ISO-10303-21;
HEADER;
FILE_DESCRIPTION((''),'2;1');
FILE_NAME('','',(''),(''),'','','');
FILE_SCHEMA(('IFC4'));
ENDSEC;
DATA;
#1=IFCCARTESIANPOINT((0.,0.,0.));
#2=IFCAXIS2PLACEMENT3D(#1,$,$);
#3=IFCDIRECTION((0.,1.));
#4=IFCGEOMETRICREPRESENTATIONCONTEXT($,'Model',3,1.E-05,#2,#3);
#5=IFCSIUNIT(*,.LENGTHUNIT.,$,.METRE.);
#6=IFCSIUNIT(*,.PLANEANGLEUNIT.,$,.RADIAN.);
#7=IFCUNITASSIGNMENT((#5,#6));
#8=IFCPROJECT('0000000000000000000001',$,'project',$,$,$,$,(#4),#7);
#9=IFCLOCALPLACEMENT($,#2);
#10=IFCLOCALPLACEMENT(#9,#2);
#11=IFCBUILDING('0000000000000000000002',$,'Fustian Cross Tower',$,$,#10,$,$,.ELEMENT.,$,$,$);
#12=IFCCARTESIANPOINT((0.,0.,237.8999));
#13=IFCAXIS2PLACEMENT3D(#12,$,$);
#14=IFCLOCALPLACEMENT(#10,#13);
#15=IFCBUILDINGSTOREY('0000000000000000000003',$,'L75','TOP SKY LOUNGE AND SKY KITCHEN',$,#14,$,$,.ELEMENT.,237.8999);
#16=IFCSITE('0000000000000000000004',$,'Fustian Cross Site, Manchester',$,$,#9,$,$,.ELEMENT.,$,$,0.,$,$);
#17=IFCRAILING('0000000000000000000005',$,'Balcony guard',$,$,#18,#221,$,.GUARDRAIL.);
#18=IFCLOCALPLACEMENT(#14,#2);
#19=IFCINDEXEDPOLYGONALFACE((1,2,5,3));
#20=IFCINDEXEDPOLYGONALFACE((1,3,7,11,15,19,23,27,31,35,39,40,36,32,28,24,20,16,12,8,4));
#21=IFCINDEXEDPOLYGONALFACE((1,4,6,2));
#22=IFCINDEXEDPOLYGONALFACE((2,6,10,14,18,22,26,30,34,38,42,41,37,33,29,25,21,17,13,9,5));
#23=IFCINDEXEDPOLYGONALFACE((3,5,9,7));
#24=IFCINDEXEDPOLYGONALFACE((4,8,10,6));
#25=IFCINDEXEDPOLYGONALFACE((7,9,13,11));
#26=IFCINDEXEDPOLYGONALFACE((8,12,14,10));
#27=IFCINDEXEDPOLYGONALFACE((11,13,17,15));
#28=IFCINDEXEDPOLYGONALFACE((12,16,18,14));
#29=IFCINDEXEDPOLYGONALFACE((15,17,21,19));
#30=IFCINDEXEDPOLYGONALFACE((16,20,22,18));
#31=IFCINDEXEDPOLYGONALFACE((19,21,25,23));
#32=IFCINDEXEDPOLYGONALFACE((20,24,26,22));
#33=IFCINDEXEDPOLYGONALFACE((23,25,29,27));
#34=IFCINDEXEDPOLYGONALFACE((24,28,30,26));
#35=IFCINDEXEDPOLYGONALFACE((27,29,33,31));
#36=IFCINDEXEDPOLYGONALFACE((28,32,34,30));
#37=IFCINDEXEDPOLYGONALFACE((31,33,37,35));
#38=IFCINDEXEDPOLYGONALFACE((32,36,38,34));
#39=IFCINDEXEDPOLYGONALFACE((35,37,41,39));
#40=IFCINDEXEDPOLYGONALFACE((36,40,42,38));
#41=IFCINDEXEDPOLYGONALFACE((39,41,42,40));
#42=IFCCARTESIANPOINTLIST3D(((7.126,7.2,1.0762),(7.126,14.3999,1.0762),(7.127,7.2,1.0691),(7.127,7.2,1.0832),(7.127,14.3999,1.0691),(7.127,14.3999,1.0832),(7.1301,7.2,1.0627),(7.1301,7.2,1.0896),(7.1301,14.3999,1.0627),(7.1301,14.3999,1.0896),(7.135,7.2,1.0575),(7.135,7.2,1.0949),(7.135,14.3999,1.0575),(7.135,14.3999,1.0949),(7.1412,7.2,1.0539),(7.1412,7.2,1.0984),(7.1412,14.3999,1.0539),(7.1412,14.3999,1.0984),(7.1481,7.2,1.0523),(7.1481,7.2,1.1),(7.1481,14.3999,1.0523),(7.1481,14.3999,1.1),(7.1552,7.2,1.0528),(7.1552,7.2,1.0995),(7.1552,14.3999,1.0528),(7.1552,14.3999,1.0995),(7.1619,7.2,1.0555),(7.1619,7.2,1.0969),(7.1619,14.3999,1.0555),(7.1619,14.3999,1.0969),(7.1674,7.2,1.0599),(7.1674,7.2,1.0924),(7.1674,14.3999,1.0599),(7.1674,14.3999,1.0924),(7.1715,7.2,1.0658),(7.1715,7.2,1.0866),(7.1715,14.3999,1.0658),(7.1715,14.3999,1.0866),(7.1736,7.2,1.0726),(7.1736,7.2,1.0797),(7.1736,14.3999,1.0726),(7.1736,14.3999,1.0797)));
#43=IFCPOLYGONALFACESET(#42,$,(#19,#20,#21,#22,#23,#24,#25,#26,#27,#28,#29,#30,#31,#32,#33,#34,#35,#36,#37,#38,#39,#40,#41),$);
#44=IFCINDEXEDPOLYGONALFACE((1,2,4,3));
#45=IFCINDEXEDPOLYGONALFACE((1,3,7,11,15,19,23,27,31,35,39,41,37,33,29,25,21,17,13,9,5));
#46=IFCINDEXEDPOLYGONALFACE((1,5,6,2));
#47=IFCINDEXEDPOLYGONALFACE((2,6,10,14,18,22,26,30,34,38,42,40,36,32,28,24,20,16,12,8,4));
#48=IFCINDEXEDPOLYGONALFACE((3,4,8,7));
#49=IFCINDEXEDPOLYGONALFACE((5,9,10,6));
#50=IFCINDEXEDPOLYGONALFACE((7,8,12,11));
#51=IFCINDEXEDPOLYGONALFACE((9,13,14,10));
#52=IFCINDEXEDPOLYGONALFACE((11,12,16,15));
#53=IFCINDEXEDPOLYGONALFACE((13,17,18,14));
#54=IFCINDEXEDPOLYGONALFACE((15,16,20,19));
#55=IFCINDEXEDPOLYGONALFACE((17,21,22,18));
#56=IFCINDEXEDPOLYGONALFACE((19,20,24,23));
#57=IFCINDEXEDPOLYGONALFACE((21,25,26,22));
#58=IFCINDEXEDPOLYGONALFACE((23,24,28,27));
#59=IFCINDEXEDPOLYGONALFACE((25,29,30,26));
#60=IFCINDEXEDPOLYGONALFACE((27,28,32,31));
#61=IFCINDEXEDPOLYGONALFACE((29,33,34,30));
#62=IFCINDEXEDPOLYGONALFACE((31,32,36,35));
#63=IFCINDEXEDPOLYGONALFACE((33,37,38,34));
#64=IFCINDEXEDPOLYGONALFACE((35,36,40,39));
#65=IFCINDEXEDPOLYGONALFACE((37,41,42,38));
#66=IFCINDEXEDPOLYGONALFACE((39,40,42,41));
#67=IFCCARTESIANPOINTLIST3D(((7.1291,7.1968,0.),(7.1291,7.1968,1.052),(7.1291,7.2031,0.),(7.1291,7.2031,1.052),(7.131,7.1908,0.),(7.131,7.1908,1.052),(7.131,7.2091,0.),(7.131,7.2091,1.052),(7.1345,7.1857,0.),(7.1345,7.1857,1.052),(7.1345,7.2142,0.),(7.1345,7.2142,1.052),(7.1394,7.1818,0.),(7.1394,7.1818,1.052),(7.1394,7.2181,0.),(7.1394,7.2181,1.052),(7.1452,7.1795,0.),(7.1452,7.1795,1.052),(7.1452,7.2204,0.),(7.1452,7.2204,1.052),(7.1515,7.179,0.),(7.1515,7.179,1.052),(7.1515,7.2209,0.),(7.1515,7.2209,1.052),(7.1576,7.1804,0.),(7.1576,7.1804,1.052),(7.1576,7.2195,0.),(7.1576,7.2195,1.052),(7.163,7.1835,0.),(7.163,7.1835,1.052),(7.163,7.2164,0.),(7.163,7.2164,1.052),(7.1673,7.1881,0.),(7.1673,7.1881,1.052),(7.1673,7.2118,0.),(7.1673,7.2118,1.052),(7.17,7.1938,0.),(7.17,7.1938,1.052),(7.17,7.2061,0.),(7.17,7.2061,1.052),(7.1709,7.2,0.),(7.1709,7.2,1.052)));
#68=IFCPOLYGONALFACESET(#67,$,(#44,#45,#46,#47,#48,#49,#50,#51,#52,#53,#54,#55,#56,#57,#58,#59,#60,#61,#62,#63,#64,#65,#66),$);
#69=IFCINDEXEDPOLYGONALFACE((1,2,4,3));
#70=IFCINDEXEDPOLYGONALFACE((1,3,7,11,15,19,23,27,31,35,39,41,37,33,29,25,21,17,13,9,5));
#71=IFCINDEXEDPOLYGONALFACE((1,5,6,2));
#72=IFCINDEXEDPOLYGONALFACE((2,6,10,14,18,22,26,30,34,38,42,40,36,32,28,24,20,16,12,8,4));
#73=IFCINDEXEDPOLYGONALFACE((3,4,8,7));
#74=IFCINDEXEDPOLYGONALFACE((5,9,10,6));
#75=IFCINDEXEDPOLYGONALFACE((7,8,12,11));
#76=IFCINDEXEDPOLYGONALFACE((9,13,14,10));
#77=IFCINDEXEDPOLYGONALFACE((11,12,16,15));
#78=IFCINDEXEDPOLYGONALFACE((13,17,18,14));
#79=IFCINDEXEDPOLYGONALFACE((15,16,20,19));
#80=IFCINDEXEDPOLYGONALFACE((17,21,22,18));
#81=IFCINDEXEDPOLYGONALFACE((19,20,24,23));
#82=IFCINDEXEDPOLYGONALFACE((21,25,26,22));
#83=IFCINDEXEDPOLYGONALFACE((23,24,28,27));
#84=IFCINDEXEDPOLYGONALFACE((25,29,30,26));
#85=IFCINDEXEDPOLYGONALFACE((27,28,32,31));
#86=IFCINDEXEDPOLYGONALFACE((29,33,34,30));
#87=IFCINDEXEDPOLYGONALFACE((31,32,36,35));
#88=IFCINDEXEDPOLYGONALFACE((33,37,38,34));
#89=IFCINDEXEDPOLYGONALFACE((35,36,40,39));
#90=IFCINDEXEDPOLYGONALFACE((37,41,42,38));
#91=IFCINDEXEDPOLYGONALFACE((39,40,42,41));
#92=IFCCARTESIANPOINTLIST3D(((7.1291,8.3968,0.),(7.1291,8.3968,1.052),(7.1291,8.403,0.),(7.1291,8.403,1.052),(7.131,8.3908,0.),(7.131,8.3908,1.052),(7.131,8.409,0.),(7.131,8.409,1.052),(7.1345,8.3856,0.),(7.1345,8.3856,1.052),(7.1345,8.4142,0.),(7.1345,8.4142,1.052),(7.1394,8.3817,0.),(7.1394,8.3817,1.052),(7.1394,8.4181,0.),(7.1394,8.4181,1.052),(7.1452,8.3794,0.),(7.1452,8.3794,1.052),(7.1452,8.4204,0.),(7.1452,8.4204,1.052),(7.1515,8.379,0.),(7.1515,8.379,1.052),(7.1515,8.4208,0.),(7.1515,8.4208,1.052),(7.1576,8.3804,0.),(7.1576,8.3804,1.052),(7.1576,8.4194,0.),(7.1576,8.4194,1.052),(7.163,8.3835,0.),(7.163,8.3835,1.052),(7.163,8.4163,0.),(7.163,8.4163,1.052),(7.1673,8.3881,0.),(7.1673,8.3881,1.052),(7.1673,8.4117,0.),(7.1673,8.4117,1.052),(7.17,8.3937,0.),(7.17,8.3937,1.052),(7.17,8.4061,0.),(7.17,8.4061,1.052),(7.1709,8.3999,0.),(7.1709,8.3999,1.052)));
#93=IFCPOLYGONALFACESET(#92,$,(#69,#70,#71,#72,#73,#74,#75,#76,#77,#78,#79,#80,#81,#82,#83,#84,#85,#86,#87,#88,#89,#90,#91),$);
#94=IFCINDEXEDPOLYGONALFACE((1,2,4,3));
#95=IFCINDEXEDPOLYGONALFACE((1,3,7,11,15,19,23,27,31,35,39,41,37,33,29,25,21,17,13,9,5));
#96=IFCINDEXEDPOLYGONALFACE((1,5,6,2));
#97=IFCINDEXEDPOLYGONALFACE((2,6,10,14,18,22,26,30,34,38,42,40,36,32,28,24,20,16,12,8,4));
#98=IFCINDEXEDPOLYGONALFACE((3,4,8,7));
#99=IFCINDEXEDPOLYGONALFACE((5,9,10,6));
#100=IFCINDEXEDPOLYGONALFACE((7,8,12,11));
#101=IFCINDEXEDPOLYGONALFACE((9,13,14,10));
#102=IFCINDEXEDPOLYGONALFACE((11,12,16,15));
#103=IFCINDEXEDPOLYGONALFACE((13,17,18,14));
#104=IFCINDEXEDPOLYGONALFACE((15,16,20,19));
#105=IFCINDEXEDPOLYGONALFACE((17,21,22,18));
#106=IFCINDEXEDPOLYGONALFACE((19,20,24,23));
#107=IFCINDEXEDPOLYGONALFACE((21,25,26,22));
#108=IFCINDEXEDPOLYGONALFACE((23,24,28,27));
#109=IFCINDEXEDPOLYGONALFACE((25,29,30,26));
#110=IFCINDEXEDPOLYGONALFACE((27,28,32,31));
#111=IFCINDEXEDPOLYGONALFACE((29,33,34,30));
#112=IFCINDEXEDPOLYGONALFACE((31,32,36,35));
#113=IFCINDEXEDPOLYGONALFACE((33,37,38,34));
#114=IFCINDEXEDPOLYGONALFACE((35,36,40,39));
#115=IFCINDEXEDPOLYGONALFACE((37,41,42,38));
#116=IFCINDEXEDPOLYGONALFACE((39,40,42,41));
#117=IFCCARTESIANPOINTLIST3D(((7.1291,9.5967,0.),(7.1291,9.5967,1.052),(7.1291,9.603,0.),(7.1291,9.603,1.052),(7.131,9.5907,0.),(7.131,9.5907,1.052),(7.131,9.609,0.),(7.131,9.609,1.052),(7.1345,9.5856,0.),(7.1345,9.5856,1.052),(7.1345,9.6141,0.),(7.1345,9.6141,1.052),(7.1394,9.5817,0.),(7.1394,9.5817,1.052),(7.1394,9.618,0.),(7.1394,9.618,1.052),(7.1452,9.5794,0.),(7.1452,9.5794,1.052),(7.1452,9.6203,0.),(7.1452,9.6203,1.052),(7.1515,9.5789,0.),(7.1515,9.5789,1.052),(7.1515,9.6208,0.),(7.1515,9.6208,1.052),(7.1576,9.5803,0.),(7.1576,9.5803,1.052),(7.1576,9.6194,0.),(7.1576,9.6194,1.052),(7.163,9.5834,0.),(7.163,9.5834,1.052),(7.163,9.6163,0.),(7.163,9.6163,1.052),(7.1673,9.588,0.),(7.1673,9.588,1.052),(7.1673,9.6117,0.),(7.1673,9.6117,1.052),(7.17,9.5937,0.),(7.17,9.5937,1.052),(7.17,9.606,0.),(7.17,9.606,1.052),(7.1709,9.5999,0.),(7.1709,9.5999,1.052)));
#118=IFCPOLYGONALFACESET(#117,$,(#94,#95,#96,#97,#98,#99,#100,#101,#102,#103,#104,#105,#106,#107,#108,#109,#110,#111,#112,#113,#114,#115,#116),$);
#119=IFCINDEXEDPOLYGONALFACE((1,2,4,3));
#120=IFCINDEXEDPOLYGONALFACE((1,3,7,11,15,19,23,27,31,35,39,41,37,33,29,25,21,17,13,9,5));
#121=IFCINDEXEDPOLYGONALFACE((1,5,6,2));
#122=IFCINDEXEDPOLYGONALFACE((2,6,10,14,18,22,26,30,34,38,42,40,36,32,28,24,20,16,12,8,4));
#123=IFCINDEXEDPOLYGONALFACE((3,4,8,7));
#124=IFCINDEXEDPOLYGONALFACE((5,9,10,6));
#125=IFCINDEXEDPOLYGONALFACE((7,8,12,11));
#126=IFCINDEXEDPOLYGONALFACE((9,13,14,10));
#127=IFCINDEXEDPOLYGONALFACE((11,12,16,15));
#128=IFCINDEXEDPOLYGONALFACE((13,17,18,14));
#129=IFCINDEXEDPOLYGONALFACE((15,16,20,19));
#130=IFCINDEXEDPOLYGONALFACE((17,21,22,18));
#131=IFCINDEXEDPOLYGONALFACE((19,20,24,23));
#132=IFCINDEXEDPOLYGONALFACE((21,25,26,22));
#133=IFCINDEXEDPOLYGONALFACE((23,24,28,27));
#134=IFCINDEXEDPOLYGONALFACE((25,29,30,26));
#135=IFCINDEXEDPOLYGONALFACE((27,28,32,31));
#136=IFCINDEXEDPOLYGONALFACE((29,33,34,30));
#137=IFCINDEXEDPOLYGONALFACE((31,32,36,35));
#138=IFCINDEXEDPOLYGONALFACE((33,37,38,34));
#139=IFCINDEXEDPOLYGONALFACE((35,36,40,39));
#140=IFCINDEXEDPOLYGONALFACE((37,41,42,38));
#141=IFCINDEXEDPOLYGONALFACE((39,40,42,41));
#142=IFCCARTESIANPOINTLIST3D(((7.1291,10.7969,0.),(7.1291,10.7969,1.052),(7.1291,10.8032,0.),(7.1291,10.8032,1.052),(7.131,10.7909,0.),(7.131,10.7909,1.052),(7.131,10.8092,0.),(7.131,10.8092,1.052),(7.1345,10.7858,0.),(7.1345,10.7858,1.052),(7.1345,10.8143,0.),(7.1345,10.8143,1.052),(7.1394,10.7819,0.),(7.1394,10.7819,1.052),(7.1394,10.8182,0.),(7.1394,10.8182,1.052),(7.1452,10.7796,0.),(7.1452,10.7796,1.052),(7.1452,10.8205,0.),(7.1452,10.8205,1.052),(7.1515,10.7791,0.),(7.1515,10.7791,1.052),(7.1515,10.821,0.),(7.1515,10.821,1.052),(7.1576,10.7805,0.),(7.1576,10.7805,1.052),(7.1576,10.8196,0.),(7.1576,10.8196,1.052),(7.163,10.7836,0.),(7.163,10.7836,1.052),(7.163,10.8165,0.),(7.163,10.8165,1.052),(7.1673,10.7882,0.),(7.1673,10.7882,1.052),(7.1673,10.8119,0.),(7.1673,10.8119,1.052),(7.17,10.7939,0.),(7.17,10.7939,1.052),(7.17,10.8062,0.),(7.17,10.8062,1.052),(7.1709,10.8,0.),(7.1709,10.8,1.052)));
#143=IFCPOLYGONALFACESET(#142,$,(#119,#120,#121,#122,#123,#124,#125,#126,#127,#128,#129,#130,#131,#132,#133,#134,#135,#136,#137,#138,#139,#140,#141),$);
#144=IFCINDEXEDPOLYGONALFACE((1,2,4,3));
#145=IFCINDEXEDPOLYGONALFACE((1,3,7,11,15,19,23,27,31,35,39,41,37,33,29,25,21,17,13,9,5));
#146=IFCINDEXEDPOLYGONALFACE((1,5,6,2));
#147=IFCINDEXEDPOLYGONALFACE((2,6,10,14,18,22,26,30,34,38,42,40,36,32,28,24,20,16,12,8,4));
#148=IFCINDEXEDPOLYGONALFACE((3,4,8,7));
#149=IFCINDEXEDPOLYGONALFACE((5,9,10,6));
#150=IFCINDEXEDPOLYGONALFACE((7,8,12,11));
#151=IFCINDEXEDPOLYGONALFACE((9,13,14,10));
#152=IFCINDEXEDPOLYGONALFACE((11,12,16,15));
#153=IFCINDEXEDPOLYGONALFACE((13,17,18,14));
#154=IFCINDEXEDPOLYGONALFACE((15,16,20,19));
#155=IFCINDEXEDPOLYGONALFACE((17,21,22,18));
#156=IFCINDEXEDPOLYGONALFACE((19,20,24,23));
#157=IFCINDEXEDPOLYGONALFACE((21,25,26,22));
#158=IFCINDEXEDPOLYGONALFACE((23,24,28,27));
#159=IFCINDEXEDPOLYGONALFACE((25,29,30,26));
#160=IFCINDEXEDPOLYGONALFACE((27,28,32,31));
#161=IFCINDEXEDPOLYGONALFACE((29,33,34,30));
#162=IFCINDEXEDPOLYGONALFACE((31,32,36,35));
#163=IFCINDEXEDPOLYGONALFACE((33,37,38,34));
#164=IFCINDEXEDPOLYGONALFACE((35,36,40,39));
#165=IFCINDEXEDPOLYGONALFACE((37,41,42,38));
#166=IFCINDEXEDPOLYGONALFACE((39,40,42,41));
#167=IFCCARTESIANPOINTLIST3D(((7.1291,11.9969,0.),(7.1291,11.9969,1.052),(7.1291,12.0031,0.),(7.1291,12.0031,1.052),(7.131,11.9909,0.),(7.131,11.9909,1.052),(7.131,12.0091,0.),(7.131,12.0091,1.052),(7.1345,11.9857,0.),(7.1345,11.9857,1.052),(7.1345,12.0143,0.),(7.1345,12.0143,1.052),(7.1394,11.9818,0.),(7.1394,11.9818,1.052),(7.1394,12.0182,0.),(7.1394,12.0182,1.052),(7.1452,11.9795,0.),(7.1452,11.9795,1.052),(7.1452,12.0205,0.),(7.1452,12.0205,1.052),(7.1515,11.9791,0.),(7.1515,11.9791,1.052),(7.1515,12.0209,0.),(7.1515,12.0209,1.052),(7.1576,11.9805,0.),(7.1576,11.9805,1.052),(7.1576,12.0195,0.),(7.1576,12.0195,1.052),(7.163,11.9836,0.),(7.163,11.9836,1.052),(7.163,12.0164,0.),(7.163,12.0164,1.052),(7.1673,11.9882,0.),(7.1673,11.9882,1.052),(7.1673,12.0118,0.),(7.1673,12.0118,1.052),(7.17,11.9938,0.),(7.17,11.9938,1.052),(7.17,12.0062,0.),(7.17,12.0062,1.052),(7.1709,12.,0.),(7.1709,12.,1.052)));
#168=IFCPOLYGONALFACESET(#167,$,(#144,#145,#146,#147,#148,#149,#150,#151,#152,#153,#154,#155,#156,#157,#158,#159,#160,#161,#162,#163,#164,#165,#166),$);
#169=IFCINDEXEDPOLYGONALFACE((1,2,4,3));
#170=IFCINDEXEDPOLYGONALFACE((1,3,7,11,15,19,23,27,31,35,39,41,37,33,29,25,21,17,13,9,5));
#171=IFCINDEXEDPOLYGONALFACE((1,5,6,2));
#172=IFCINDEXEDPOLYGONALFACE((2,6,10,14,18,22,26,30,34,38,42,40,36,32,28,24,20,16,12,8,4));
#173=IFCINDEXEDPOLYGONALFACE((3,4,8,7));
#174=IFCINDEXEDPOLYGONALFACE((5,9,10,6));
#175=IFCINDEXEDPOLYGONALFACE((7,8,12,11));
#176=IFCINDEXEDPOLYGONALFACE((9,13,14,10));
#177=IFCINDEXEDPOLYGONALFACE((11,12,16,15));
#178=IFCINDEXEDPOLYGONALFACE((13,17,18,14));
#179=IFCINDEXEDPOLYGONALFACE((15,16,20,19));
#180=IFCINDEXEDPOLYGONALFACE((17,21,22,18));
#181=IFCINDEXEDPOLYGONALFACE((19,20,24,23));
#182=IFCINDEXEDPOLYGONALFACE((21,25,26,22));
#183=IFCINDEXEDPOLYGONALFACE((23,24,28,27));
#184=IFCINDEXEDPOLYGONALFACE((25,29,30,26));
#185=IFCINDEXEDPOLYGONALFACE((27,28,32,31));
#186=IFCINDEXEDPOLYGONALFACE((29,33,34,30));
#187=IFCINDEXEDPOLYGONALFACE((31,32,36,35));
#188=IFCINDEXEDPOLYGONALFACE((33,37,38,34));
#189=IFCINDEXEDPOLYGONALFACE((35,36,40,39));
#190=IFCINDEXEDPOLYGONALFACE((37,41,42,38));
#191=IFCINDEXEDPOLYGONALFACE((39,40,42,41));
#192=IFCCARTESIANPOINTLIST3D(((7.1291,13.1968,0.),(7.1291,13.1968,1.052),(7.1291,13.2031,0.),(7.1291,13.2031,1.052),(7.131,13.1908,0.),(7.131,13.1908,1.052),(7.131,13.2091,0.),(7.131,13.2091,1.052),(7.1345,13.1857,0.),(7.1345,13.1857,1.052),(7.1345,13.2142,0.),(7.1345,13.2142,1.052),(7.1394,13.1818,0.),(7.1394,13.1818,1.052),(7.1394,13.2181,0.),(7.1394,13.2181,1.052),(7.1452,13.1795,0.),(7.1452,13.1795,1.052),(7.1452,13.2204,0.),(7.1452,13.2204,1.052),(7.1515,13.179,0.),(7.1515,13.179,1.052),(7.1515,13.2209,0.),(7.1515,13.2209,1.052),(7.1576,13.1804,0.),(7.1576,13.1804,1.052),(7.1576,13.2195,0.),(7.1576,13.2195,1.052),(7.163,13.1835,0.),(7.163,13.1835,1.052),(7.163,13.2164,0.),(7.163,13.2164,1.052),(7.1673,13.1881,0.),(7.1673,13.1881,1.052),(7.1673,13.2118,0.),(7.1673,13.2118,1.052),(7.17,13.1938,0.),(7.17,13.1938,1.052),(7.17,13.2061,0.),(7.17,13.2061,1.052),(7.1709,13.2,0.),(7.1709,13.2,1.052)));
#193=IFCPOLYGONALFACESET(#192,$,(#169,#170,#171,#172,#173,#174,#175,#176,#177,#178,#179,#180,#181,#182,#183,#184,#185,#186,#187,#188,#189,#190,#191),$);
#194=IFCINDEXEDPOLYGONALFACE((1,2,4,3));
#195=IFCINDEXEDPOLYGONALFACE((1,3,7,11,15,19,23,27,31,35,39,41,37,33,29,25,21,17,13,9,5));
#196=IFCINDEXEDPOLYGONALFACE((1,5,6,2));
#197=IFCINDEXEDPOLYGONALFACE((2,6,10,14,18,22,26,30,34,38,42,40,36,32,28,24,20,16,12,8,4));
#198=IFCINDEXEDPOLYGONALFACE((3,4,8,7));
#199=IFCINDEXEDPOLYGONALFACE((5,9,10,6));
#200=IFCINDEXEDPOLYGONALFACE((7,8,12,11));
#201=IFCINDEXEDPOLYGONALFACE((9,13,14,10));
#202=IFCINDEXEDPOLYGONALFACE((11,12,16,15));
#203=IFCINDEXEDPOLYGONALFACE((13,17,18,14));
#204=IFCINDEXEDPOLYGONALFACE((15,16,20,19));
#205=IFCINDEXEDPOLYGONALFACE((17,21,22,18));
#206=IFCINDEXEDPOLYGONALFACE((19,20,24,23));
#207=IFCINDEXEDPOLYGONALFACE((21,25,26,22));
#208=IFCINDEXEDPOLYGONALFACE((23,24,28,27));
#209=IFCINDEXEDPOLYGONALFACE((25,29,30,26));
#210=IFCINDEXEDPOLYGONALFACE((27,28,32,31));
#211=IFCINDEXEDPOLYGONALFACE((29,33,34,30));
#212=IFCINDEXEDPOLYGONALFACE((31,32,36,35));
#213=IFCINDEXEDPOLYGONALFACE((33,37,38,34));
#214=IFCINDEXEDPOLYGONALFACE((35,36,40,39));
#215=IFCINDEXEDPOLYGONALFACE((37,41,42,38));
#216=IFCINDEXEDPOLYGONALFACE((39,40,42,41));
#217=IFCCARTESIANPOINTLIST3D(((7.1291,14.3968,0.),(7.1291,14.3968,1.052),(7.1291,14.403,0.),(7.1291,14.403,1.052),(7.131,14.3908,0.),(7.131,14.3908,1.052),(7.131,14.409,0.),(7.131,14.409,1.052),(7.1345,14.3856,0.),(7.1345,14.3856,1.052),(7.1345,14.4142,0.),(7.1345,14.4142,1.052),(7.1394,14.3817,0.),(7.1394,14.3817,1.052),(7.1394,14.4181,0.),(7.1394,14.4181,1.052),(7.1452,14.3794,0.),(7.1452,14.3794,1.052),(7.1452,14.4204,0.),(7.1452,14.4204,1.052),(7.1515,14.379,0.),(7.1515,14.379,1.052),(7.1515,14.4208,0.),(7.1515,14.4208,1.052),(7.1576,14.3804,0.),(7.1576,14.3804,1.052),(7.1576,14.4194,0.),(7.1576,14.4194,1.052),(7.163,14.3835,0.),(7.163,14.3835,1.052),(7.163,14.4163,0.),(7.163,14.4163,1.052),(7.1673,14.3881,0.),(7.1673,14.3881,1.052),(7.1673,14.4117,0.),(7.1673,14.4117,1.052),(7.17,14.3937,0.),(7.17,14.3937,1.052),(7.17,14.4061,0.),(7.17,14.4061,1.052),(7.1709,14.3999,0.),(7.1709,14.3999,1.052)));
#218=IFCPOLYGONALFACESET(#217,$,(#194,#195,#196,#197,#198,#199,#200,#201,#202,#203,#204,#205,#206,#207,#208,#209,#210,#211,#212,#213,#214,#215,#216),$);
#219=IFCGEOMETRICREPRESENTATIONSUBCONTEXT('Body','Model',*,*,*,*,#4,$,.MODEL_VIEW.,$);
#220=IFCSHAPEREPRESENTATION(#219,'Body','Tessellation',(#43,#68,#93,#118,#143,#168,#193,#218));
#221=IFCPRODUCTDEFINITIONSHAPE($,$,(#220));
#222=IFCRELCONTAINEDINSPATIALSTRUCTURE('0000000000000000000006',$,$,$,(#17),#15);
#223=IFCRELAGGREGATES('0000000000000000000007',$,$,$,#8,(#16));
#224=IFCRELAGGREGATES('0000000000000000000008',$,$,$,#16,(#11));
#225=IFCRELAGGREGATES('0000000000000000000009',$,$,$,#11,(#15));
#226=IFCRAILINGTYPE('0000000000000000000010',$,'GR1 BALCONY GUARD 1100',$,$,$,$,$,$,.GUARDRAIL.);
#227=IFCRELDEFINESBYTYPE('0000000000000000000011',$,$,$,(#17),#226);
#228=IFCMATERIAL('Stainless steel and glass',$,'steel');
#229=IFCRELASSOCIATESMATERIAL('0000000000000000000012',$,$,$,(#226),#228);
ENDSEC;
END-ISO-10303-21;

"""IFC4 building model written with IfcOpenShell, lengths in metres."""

from ifc_helpers import new_model, si_unit, direction, frame, origin, origin_2d, place, context, subcontext, project, spatial, circle, extrude, material, type_object, element, save


model = new_model("IFC4")

# Units and contexts
model_context = context("Model", 3, precision=1e-05, world=origin(), true_north=direction((0.0, 1.0)))
body_context = subcontext(model_context, "Body", "Model", "MODEL_VIEW")
ifc_project = project(units=[si_unit("LENGTHUNIT", "METRE"), si_unit("PLANEANGLEUNIT", "RADIAN")], contexts=[model_context])

# Site, building, storey
site_placement = place(None, origin())
site = spatial("IfcSite", under=ifc_project, at=site_placement, Name="Fustian Cross Site, Manchester", CompositionType="ELEMENT", RefElevation=0.0)
building_placement = place(site_placement, origin())
building = spatial("IfcBuilding", under=site, at=building_placement, Name="Fustian Cross Tower", CompositionType="ELEMENT")
storey_placement = place(building_placement, frame((0.0, 0.0, 237.8999)))
storey = spatial("IfcBuildingStorey", under=building, at=storey_placement, Name="L75", Description="TOP SKY LOUNGE AND SKY KITCHEN", CompositionType="ELEMENT", Elevation=237.8999)

# Railing
ifc_material_1 = material(Name="Stainless steel and glass", Category="steel")
railing_type = type_object("IfcRailingType", Name="GR1 BALCONY GUARD 1100", PredefinedType="GUARDRAIL", material=ifc_material_1)
railing_placement = place(storey_placement, frame((7.1499, 7.2, 0.0)))
element("IfcRailing", 1, at=railing_placement, inside=storey, type_object=railing_type, Name="Balcony guard", PredefinedType="GUARDRAIL", context=body_context, shape_type="SweptSolid", body=[
    extrude(circle(Radius=0.0239, at=origin_2d()), frame((0.0, 0.0, 1.0762), z_axis=(0.0, 1.0, 0.0), x_axis=(-1.0, 0.0, 0.0)), (0.0, 0.0, 1.0), 7.2),
    extrude(circle(Radius=0.021, at=origin_2d()), origin(), (0.0, 0.0, 1.0), 1.052),
    extrude(circle(Radius=0.021, at=origin_2d()), frame((0.0, 1.2, 0.0)), (0.0, 0.0, 1.0), 1.052),
    extrude(circle(Radius=0.021, at=origin_2d()), frame((0.0, 2.3999, 0.0)), (0.0, 0.0, 1.0), 1.052),
    extrude(circle(Radius=0.021, at=origin_2d()), frame((0.0, 3.6001, 0.0)), (0.0, 0.0, 1.0), 1.052),
    extrude(circle(Radius=0.021, at=origin_2d()), frame((0.0, 4.8, 0.0)), (0.0, 0.0, 1.0), 1.052),
    extrude(circle(Radius=0.021, at=origin_2d()), frame((0.0, 6.0, 0.0)), (0.0, 0.0, 1.0), 1.052),
    extrude(circle(Radius=0.021, at=origin_2d()), frame((0.0, 7.2, 0.0)), (0.0, 0.0, 1.0), 1.052),
])

save(model, "model.ifc")
